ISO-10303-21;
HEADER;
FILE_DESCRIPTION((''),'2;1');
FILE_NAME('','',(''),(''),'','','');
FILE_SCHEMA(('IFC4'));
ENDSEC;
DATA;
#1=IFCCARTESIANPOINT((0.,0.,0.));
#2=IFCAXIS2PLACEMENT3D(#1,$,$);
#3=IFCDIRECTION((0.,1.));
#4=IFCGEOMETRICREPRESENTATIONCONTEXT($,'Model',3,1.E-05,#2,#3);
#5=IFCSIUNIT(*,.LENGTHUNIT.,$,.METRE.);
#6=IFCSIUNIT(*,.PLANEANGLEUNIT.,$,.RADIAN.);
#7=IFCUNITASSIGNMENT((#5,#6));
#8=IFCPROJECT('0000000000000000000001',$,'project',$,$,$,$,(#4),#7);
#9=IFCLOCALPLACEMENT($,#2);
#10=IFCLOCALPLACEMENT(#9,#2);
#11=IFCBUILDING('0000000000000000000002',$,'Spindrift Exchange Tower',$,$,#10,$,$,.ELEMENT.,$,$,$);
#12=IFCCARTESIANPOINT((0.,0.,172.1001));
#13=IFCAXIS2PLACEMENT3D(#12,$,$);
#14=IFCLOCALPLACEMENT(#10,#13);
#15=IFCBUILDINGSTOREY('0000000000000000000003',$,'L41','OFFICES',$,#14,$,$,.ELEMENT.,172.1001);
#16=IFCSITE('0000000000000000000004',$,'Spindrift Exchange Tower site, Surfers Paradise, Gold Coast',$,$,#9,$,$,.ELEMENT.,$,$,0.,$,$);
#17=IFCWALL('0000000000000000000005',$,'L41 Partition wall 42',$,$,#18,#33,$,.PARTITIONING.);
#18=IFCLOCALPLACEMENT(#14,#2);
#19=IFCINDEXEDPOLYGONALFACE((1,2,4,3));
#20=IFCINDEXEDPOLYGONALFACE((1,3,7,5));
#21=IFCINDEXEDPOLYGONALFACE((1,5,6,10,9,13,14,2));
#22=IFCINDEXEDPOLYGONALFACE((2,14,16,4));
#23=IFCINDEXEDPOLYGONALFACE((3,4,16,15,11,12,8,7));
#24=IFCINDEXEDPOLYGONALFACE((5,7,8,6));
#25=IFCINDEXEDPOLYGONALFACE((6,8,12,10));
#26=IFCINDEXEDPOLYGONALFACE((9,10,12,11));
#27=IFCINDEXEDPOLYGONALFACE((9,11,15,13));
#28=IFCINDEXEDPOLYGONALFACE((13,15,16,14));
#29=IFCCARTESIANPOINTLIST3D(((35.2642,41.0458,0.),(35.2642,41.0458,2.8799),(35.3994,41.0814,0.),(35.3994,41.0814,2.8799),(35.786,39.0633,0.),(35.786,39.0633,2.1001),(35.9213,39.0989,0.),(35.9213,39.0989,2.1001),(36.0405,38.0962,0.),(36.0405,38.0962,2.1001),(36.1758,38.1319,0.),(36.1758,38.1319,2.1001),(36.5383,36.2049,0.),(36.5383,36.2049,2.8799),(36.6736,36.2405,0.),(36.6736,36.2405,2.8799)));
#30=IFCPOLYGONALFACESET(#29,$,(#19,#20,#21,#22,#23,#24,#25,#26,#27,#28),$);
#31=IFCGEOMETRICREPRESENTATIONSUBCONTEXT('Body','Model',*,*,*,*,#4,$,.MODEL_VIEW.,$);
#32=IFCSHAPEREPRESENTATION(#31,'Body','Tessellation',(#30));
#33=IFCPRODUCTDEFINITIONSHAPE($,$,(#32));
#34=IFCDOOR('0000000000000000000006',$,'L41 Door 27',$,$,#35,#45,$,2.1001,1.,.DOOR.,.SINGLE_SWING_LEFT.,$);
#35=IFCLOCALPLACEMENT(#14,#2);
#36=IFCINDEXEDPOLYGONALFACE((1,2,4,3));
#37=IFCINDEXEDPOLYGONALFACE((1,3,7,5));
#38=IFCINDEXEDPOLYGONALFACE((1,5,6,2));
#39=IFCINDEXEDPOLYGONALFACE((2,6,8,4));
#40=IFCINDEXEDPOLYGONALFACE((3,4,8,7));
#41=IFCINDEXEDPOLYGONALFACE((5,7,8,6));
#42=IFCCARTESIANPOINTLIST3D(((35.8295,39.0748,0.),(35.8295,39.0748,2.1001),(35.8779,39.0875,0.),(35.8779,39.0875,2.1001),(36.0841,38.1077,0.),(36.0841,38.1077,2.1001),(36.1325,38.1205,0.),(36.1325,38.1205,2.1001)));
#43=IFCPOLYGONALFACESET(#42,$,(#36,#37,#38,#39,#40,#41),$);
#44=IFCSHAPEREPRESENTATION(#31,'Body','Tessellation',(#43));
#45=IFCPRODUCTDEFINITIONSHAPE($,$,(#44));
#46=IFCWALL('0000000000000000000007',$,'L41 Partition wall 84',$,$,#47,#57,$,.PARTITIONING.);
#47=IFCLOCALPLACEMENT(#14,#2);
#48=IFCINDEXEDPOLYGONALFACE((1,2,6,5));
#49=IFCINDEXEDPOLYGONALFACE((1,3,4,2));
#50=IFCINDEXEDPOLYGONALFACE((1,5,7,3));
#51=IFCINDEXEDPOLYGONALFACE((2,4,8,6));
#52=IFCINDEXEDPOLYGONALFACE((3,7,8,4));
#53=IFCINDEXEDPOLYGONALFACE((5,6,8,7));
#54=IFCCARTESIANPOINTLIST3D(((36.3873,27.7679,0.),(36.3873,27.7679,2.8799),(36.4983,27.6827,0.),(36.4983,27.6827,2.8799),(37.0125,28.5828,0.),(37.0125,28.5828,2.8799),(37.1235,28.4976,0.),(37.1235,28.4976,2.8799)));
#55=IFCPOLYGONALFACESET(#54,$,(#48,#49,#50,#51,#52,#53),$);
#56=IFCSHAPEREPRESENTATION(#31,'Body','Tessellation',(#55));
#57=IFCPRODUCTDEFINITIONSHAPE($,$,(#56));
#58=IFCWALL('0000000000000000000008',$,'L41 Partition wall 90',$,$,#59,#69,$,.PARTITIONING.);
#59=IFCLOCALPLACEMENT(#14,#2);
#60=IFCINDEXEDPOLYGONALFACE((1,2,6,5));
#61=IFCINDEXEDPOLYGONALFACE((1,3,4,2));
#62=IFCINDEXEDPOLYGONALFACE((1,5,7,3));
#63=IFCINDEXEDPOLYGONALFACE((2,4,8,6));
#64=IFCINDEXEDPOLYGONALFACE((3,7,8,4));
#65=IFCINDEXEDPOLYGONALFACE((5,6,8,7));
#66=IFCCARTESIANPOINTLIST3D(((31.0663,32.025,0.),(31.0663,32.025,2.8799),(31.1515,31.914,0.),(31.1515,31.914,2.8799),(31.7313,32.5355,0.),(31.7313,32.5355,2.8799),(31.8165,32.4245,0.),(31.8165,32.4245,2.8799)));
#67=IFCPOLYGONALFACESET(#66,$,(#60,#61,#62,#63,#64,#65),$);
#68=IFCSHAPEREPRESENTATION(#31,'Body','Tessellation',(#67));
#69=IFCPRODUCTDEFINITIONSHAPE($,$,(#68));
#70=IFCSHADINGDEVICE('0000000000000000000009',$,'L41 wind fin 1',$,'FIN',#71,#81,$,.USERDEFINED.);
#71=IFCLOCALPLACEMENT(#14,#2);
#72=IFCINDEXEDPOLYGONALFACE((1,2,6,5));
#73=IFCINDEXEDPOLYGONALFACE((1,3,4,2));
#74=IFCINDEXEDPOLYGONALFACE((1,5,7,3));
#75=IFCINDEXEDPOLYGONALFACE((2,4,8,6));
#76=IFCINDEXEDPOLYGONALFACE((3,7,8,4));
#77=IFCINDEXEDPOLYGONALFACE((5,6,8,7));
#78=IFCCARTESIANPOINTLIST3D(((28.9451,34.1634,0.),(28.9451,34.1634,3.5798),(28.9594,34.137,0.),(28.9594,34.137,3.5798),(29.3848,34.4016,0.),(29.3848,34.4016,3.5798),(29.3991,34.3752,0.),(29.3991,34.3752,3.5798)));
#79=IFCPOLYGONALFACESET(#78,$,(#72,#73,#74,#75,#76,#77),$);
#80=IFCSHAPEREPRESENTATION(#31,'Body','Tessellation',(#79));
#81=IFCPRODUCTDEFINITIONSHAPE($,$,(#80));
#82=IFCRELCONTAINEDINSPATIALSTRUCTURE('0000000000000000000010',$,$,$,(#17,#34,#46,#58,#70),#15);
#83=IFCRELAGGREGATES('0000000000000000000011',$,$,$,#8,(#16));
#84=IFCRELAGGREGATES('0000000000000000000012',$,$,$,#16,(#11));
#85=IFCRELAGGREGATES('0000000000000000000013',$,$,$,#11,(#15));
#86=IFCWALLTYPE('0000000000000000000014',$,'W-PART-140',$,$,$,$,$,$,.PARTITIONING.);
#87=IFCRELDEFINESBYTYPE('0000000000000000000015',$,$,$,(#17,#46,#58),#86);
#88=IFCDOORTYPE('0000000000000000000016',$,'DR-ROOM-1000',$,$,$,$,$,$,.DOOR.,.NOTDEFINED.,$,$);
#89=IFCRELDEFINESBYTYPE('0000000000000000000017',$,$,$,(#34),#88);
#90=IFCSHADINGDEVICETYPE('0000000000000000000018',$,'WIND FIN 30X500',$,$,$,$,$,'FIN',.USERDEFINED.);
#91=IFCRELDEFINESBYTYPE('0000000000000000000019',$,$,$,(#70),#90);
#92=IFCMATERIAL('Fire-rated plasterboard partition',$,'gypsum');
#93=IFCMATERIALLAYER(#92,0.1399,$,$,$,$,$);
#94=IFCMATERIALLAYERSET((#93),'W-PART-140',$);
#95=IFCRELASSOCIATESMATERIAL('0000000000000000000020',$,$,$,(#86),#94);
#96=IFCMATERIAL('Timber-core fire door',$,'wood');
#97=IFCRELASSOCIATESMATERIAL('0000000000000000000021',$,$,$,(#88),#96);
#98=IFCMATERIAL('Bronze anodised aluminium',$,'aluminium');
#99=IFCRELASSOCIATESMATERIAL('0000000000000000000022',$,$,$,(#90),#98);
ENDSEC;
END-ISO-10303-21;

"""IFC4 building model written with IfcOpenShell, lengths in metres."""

from ifc_helpers import new_model, si_unit, direction, frame, frame_2d, origin, origin_2d, place, context, subcontext, project, spatial, rectangle, extrude, source, transform, mapped, material, layer, layer_set, material_profile, profile_set, type_object, element, fill, save


model = new_model("IFC4")

# Units and contexts
model_context = context("Model", 3, precision=1e-05, world=origin(), true_north=direction((0.0, 1.0)))
body_context = subcontext(model_context, "Body", "Model", "MODEL_VIEW")
ifc_project = project(units=[si_unit("LENGTHUNIT", "METRE"), si_unit("PLANEANGLEUNIT", "RADIAN")], contexts=[model_context])

# Site, building, storey
site_placement = place(None, origin())
site = spatial("IfcSite", under=ifc_project, at=site_placement, Name="Spindrift Exchange Tower site, Surfers Paradise, Gold Coast", CompositionType="ELEMENT", RefElevation=0.0)
building_placement = place(site_placement, origin())
building = spatial("IfcBuilding", under=site, at=building_placement, Name="Spindrift Exchange Tower", CompositionType="ELEMENT")
storey_placement = place(building_placement, frame((0.0, 0.0, 172.1001)))
storey = spatial("IfcBuildingStorey", under=building, at=storey_placement, Name="L41", Description="OFFICES", CompositionType="ELEMENT", Elevation=172.1001)

# Shared definitions
ifc_material_1 = material(Name="Bronze anodised aluminium", Category="aluminium")

# Shared definitions
ifc_material_2 = material(Name="Fire-rated plasterboard partition", Category="gypsum")
ifc_layer_1 = layer(ifc_material_2, 0.1399)
ifc_layer_set_1 = layer_set([ifc_layer_1], Name="W-PART-140")
wall_type = type_object("IfcWallType", Name="W-PART-140", PredefinedType="PARTITIONING", material=ifc_layer_set_1)

# Wall, opening, door
wall_1_placement = place(storey_placement, frame((36.606, 36.2227, 0.0), z_axis=(0.0, 0.0, 1.0), x_axis=(-0.254532, 0.967064, 0.0)))
wall_1 = element("IfcWall", 1, at=wall_1_placement, inside=storey, type_object=wall_type, Name="L41 Partition wall 42", PredefinedType="PARTITIONING", context=body_context, shape_type="SweptSolid", body=[
    extrude(rectangle(XDim=5.0059, YDim=0.1399, at=frame_2d((2.5029, 0.0))), origin(), (0.0, 0.0, 1.0), 2.8799),
])
opening_placement = place(wall_1_placement, frame((1.9558, 0.0, 0.0)))
opening = element("IfcOpeningElement", 2, at=opening_placement, cuts=wall_1, PredefinedType="OPENING", context=body_context, shape_type="SweptSolid", body=[
    extrude(rectangle(XDim=1.0, YDim=2.1001, at=frame_2d((0.5, 1.05))), frame((0.0, 0.0798, 0.0), z_axis=(0.0, -1.0, 0.0), x_axis=(1.0, 0.0, 0.0)), (0.0, 0.0, 1.0), 0.1599),
])
ifc_material_3 = material(Name="Timber-core fire door", Category="wood")
door_type = type_object("IfcDoorType", Name="DR-ROOM-1000", OperationType="NOTDEFINED", PredefinedType="DOOR", material=ifc_material_3)
shared_shape_1 = source(origin(), body_context, "Body", "SweptSolid", [
    extrude(rectangle(XDim=1.0, YDim=2.1001, at=frame_2d((0.5, 1.05))), frame((0.0, 0.0249, 0.0), z_axis=(0.0, -1.0, 0.0), x_axis=(1.0, 0.0, 0.0)), (0.0, 0.0, 1.0), 0.05),
])
door_placement = place(opening_placement, origin())
door = element("IfcDoor", 3, at=door_placement, inside=storey, type_object=door_type, Name="L41 Door 27", OperationType="SINGLE_SWING_LEFT", OverallHeight=2.1001, OverallWidth=1.0, PredefinedType="DOOR", context=body_context, shape_type="MappedRepresentation", body=[
    mapped(shared_shape_1, transform((0.0, 0.0, 0.0), scale=1.0)),
])
fill(opening, door)

# Walls
wall_2_placement = place(storey_placement, frame((37.0681, 28.5403, 0.0), z_axis=(0.0, 0.0, 1.0), x_axis=(-0.608711, -0.793392, 0.0)))
element("IfcWall", 4, at=wall_2_placement, inside=storey, type_object=wall_type, Name="L41 Partition wall 84", PredefinedType="PARTITIONING", context=body_context, shape_type="SweptSolid", body=[
    extrude(rectangle(XDim=1.0271, YDim=0.1399, at=frame_2d((0.5137, 0.0))), origin(), (0.0, 0.0, 1.0), 2.8799),
])
wall_3_placement = place(storey_placement, frame((31.7739, 32.48, 0.0), z_axis=(0.0, 0.0, 1.0), x_axis=(-0.793241, -0.608908, 0.0)))
element("IfcWall", 5, at=wall_3_placement, inside=storey, type_object=wall_type, Name="L41 Partition wall 90", PredefinedType="PARTITIONING", context=body_context, shape_type="SweptSolid", body=[
    extrude(rectangle(XDim=0.8384, YDim=0.1399, at=frame_2d((0.4192, 0.0))), origin(), (0.0, 0.0, 1.0), 2.8799),
])

# Shading device
ifc_material_profile_1 = material_profile(ifc_material_1, rectangle(XDim=0.03, YDim=0.5, at=origin_2d()), Name="WIND FIN 30X500")
ifc_profile_set_1 = profile_set([ifc_material_profile_1], Name="Bronze anodised aluminium")
shading_device_type = type_object("IfcShadingDeviceType", Name="WIND FIN 30X500", ElementType="FIN", PredefinedType="USERDEFINED", material=ifc_profile_set_1)
shared_shape_2 = source(origin(), body_context, "Body", "SweptSolid", [
    extrude(rectangle(XDim=0.03, YDim=0.5, at=origin_2d()), origin(), (0.0, 0.0, 1.0), 3.5798),
])
shading_device_placement = place(storey_placement, frame((29.1721, 34.2693, 0.0), z_axis=(0.0, 0.0, 1.0), x_axis=(0.476278, -0.879295, 0.0)))
element("IfcShadingDevice", 6, at=shading_device_placement, inside=storey, type_object=shading_device_type, Name="L41 wind fin 1", ObjectType="FIN", PredefinedType="USERDEFINED", context=body_context, shape_type="MappedRepresentation", body=[
    mapped(shared_shape_2, transform((0.0, 0.0, 0.0), scale=1.0)),
])

save(model, "model.ifc")
